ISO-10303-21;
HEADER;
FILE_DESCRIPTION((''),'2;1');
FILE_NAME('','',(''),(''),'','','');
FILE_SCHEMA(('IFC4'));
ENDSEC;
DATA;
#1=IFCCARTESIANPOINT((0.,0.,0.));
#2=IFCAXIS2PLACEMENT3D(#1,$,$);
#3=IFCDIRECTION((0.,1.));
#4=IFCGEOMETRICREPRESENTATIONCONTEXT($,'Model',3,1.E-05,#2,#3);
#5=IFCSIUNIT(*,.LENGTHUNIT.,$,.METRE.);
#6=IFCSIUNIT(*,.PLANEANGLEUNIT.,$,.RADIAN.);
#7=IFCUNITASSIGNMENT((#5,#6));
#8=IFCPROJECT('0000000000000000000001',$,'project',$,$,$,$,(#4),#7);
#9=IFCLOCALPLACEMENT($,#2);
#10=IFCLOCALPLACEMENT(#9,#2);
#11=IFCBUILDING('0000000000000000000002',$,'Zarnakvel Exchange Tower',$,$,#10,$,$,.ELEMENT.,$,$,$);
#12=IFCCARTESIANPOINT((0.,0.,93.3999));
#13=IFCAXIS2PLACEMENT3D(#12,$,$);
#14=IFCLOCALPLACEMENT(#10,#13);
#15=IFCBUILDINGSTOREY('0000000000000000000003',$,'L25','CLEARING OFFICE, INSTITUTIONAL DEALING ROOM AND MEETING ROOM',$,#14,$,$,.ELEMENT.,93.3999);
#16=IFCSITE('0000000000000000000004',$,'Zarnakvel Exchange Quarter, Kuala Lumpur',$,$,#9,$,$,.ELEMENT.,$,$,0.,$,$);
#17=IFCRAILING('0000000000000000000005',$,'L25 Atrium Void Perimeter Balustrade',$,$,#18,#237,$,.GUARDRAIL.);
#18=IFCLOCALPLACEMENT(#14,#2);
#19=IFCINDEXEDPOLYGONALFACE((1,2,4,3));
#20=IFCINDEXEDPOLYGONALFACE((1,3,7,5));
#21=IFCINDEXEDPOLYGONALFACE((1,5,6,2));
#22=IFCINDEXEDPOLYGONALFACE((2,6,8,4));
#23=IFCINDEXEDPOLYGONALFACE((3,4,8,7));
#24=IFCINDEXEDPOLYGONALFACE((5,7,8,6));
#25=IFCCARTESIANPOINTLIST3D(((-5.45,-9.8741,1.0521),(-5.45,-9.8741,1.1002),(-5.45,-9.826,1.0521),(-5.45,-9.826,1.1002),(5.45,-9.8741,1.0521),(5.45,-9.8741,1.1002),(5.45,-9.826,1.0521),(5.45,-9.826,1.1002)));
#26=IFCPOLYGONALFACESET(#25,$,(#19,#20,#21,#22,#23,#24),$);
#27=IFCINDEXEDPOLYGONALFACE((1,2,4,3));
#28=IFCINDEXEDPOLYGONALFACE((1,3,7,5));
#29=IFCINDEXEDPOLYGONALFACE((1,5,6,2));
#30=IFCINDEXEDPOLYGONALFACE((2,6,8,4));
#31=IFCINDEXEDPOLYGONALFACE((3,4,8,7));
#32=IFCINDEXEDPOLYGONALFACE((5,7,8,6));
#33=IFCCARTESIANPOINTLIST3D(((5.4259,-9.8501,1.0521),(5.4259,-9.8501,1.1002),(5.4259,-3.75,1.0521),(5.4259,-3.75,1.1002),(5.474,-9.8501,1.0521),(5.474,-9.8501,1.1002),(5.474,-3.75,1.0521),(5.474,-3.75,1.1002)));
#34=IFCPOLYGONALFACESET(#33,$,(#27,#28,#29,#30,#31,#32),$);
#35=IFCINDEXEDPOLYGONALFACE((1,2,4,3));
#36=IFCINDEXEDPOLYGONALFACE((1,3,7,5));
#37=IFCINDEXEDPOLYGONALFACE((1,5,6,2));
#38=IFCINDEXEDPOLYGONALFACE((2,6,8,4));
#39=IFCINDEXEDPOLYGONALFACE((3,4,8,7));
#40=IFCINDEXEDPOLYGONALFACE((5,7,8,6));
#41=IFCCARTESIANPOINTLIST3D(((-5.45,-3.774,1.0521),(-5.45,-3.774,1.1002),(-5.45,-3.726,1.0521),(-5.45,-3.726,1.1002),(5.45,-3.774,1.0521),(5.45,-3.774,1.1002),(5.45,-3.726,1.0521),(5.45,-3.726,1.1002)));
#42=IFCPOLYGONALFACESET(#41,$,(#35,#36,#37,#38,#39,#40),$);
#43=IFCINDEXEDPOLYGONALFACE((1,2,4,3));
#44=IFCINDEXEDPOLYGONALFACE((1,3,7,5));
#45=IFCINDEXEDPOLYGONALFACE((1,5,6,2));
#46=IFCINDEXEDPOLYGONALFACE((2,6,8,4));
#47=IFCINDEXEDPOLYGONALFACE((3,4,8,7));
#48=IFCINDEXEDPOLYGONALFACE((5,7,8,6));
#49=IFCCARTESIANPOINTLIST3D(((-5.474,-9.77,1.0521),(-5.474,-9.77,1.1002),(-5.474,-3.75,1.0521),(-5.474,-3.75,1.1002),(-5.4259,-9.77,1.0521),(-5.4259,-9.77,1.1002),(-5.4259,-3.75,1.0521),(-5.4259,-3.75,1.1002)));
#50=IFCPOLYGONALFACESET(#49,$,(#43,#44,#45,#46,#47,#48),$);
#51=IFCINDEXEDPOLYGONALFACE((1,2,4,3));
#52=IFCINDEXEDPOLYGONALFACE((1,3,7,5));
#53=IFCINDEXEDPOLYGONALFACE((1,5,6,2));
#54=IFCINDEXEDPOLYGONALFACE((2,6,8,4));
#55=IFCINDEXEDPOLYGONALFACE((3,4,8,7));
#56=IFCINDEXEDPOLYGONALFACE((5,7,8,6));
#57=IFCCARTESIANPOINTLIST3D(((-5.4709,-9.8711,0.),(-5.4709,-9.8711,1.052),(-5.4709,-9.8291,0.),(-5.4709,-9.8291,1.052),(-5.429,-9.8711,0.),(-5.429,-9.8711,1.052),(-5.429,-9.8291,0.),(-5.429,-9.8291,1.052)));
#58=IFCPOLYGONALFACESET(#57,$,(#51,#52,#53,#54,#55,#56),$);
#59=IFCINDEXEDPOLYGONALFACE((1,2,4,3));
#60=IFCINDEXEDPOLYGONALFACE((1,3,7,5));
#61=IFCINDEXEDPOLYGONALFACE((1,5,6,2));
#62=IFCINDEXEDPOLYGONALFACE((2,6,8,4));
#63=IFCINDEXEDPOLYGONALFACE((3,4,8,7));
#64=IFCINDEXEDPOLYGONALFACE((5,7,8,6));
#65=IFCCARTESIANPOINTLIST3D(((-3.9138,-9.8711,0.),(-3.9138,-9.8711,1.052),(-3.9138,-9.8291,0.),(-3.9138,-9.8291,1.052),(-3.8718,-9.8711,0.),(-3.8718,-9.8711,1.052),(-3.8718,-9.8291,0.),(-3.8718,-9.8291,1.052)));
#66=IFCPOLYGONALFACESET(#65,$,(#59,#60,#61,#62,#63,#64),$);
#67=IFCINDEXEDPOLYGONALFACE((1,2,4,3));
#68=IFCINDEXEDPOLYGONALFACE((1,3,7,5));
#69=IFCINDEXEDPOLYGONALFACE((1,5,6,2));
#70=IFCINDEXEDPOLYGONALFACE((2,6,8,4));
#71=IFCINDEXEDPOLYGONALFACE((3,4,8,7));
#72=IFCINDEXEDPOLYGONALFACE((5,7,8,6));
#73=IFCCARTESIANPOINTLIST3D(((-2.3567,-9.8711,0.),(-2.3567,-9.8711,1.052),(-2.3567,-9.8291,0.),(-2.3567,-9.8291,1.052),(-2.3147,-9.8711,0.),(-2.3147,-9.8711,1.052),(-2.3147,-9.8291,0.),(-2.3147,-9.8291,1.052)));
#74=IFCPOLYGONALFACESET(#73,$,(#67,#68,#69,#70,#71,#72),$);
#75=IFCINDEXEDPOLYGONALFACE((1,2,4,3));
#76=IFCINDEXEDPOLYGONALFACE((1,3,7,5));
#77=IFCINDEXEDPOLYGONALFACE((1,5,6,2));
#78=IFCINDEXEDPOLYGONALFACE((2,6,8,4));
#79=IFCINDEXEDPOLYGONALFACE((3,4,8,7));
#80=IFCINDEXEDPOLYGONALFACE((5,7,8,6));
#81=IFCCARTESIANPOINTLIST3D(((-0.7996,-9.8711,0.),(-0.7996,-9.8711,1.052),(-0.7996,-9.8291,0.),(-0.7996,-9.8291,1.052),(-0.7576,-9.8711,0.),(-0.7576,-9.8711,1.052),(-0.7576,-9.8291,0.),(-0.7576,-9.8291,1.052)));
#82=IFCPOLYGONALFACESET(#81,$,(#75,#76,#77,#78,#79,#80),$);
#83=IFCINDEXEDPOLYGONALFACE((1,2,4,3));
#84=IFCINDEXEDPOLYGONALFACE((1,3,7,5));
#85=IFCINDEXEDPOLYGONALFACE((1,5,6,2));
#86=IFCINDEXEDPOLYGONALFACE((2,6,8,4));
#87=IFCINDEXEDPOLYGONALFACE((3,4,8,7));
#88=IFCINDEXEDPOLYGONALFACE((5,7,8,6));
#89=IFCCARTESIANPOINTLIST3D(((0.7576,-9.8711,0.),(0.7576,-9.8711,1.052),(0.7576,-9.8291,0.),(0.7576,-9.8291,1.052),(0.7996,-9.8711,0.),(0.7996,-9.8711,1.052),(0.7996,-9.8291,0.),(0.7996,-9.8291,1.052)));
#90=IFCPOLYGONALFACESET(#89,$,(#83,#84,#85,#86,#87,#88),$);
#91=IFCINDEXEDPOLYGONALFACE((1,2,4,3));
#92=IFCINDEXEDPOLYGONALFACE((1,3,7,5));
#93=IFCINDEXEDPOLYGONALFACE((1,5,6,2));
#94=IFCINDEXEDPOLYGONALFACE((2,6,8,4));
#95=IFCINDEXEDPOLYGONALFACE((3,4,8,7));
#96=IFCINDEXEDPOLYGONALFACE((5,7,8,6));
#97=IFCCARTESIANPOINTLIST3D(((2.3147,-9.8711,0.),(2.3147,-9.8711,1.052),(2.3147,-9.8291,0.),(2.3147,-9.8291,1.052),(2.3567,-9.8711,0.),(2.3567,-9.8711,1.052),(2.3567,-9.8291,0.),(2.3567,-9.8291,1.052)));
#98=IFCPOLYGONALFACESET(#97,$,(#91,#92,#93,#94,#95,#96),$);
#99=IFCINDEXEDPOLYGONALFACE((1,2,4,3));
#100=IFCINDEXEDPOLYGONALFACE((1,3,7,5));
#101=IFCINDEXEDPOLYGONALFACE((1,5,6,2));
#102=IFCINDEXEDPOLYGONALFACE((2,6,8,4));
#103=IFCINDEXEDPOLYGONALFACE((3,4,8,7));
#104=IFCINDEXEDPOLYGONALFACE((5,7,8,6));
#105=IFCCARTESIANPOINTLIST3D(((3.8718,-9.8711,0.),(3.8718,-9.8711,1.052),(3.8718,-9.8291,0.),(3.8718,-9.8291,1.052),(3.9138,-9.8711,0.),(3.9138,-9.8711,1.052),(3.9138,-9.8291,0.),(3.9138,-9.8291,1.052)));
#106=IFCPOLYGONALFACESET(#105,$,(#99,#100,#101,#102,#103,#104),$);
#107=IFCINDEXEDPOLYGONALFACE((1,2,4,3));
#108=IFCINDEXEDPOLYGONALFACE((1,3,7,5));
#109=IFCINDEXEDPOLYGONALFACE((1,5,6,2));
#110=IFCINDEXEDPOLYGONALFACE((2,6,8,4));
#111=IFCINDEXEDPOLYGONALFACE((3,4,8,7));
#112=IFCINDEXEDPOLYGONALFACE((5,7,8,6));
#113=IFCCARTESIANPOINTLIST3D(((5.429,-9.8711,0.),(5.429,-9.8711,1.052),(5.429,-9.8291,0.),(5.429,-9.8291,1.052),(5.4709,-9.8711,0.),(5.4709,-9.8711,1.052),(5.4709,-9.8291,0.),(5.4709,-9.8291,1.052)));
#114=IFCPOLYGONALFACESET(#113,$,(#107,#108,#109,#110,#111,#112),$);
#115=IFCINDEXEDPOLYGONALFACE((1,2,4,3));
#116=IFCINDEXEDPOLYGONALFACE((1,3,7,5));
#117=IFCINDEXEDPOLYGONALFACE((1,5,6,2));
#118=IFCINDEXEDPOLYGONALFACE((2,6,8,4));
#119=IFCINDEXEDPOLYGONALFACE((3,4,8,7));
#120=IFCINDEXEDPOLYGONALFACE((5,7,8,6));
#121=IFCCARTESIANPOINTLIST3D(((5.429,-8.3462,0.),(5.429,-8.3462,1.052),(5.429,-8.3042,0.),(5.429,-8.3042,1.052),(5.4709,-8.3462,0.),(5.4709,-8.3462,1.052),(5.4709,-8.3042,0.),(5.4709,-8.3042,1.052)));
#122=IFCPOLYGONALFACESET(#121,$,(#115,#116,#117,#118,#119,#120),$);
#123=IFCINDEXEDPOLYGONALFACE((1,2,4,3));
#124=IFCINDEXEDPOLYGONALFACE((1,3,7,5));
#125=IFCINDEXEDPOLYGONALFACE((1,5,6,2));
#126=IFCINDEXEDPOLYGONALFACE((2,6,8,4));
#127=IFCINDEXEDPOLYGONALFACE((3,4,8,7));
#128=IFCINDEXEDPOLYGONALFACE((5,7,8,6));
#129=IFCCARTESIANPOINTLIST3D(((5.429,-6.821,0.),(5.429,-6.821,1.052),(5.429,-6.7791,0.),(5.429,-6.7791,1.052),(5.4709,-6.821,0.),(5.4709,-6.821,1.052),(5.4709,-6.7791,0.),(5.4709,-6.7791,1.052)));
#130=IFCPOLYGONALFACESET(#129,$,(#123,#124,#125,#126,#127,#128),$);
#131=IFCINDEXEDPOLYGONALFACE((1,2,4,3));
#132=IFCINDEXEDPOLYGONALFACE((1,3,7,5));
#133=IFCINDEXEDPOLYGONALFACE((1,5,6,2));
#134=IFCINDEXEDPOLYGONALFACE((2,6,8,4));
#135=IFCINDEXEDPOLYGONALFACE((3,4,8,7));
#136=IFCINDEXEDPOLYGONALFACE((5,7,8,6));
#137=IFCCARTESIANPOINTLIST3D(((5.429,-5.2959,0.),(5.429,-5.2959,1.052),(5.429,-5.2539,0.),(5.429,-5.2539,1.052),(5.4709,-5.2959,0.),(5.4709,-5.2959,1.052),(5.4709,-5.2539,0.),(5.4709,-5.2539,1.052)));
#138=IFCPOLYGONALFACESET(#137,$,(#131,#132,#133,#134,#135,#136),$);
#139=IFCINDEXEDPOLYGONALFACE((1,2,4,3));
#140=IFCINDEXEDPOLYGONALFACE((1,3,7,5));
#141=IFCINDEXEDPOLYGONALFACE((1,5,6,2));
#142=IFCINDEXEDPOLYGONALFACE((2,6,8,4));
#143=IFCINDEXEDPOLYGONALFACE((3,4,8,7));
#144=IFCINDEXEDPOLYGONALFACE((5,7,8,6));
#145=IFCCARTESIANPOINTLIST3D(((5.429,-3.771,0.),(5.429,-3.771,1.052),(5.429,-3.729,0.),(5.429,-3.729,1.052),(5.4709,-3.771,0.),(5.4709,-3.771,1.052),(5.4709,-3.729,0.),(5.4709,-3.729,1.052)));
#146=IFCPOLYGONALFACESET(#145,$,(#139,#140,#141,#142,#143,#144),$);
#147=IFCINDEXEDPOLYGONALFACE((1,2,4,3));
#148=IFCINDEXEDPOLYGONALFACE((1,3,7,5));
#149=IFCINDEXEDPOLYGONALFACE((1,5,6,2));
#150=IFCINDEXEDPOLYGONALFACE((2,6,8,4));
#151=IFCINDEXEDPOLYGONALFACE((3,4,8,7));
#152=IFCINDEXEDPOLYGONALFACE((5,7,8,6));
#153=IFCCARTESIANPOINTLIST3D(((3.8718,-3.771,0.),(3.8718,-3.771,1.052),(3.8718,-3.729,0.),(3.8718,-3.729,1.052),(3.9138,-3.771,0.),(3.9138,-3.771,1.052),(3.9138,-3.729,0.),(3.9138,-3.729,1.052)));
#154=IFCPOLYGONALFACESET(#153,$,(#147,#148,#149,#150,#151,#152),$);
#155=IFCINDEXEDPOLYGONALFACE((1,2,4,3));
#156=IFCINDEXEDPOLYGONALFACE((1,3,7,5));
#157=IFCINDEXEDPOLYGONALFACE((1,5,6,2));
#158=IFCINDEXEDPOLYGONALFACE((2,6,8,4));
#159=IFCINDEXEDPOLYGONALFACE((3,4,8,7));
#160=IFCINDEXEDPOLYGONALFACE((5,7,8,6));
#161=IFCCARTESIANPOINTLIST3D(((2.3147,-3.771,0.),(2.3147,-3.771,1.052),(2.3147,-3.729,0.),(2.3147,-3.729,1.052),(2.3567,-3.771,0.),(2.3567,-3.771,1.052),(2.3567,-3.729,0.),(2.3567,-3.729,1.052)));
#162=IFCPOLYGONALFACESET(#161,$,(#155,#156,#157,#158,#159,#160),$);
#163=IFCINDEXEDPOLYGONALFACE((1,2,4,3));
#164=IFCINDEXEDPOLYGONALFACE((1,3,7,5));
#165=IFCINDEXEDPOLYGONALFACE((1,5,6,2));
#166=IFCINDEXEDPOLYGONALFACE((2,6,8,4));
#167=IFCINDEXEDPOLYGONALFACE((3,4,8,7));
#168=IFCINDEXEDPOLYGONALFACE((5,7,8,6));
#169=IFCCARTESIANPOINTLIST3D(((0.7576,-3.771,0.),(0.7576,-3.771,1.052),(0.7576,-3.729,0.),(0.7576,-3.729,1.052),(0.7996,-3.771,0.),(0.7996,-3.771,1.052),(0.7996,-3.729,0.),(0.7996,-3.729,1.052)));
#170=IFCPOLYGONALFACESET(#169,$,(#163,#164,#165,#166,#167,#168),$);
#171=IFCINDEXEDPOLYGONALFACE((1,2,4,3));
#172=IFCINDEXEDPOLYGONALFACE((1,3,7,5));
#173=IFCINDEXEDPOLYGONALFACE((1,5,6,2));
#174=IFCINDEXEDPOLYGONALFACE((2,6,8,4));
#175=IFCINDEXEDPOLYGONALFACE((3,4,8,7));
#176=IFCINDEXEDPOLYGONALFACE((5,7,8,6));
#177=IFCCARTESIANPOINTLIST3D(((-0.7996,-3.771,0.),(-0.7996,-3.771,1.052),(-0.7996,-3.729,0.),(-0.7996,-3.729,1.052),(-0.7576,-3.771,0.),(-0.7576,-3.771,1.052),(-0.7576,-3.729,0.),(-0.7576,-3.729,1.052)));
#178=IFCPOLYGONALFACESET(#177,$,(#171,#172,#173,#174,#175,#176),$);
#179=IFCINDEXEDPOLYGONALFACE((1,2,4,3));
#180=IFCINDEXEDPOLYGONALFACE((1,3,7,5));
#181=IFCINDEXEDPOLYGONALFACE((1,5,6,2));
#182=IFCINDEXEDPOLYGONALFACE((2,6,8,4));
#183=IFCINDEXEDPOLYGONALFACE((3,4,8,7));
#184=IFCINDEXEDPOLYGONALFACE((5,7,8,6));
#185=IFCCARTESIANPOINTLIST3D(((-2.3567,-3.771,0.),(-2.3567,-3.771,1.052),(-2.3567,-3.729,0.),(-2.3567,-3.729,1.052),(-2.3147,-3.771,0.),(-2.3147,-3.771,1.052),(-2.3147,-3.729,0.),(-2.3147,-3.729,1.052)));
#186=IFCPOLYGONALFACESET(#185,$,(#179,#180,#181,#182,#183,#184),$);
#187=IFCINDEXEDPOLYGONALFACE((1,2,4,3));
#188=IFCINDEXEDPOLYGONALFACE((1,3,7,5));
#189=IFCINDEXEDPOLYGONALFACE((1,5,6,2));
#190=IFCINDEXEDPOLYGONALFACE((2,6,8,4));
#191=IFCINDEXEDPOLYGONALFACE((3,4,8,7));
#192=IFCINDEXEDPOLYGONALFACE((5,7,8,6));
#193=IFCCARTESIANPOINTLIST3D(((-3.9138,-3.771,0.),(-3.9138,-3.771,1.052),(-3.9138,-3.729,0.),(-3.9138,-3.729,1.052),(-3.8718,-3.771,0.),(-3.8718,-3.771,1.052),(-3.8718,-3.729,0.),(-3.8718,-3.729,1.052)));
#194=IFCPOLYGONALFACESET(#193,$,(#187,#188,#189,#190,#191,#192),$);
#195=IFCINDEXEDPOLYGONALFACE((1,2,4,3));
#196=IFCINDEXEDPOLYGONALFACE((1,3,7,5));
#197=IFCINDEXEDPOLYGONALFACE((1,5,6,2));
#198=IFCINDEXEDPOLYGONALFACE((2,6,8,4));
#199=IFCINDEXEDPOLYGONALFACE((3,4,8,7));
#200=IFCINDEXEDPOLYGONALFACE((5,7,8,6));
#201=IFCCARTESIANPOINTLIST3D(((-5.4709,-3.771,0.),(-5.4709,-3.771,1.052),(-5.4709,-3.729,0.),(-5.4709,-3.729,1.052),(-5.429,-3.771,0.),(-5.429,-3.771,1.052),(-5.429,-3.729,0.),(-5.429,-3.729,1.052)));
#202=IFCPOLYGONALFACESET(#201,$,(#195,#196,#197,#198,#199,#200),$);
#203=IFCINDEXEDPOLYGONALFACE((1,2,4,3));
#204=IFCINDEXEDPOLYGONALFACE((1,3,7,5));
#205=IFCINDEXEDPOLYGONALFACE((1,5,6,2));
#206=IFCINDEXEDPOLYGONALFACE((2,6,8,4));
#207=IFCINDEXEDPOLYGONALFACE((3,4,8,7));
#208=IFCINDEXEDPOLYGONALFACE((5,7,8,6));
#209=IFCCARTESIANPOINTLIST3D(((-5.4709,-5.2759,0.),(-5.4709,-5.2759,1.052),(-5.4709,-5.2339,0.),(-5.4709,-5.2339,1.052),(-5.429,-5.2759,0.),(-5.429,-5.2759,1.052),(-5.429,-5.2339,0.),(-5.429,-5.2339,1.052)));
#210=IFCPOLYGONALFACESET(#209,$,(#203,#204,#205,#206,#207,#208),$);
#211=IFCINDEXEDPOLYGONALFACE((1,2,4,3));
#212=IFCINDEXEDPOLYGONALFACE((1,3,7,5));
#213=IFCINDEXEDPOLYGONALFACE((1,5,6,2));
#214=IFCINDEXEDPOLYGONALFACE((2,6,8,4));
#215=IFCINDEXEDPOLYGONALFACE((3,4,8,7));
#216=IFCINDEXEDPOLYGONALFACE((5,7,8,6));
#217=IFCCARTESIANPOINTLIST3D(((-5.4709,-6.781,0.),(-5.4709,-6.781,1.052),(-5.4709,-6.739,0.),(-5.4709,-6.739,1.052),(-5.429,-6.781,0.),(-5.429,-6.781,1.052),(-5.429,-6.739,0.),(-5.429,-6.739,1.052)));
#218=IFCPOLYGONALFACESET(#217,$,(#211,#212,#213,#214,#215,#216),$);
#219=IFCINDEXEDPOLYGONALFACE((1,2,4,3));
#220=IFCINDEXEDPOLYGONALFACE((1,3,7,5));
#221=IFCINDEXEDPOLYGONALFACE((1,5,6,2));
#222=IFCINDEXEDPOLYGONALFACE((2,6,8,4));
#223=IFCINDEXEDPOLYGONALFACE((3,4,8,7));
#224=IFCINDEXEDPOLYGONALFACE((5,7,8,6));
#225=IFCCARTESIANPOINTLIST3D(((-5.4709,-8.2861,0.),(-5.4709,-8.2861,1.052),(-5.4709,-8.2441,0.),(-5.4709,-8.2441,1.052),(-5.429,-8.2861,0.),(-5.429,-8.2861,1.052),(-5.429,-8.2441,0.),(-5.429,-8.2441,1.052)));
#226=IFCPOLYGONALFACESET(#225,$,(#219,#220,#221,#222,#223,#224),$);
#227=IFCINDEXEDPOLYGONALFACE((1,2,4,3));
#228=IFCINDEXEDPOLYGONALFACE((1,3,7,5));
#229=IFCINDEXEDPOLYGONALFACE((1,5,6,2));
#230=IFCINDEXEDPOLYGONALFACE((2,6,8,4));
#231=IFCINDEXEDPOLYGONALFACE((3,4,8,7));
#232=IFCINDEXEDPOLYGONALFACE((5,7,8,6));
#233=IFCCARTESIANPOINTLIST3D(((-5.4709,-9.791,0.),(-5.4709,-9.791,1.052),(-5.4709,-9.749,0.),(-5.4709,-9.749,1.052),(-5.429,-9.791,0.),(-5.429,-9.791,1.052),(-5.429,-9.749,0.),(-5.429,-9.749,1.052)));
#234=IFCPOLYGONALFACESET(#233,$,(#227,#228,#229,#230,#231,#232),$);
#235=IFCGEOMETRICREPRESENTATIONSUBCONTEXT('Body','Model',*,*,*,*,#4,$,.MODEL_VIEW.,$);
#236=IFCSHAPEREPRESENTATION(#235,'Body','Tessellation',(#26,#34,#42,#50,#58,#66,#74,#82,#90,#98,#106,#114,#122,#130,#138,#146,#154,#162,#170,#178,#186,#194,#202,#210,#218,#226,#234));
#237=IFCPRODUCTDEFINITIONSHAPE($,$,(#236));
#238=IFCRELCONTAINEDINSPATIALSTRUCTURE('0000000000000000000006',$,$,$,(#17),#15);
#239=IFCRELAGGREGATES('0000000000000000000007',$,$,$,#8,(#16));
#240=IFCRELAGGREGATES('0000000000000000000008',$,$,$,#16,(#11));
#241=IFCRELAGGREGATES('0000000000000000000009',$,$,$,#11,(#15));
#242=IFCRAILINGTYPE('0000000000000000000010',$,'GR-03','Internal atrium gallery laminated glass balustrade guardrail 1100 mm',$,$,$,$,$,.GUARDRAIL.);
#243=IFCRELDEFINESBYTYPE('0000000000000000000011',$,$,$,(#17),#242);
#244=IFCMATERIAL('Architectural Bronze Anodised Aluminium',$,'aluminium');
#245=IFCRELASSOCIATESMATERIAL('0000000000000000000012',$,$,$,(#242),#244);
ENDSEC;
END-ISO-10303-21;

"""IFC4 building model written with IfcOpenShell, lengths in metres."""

from ifc_helpers import new_model, si_unit, direction, frame, origin, origin_2d, place, context, subcontext, project, spatial, rectangle, extrude, material, type_object, element, save


model = new_model("IFC4")

# Units and contexts
model_context = context("Model", 3, precision=1e-05, world=origin(), true_north=direction((0.0, 1.0)))
body_context = subcontext(model_context, "Body", "Model", "MODEL_VIEW")
ifc_project = project(units=[si_unit("LENGTHUNIT", "METRE"), si_unit("PLANEANGLEUNIT", "RADIAN")], contexts=[model_context])

# Site, building, storey
site_placement = place(None, origin())
site = spatial("IfcSite", under=ifc_project, at=site_placement, Name="Zarnakvel Exchange Quarter, Kuala Lumpur", CompositionType="ELEMENT", RefElevation=0.0)
building_placement = place(site_placement, origin())
building = spatial("IfcBuilding", under=site, at=building_placement, Name="Zarnakvel Exchange Tower", CompositionType="ELEMENT")
storey_placement = place(building_placement, frame((0.0, 0.0, 93.3999)))
storey = spatial("IfcBuildingStorey", under=building, at=storey_placement, Name="L25", Description="CLEARING OFFICE, INSTITUTIONAL DEALING ROOM AND MEETING ROOM", CompositionType="ELEMENT", Elevation=93.3999)

# Railing
ifc_material_1 = material(Name="Architectural Bronze Anodised Aluminium", Category="aluminium")
railing_type = type_object("IfcRailingType", Name="GR-03", Description="Internal atrium gallery laminated glass balustrade guardrail 1100 mm", PredefinedType="GUARDRAIL", material=ifc_material_1)
railing_placement = place(storey_placement, frame((-5.45, -9.8501, 0.0)))
element("IfcRailing", 1, at=railing_placement, inside=storey, type_object=railing_type, Name="L25 Atrium Void Perimeter Balustrade", PredefinedType="GUARDRAIL", context=body_context, shape_type="SweptSolid", body=[
    extrude(rectangle(XDim=0.0481, YDim=0.0481, at=origin_2d()), frame((0.0, 0.0, 1.0762), z_axis=(1.0, 0.0, 0.0), x_axis=(0.0, 1.0, 0.0)), (0.0, 0.0, 1.0), 10.8999),
    extrude(rectangle(XDim=0.0481, YDim=0.0481, at=origin_2d()), frame((10.8999, 0.0, 1.0762), z_axis=(0.0, 1.0, 0.0), x_axis=(-1.0, 0.0, 0.0)), (0.0, 0.0, 1.0), 6.1001),
    extrude(rectangle(XDim=0.0481, YDim=0.0481, at=origin_2d()), frame((10.8999, 6.1001, 1.0762), z_axis=(-1.0, 0.0, 0.0), x_axis=(0.0, -1.0, 0.0)), (0.0, 0.0, 1.0), 10.8999),
    extrude(rectangle(XDim=0.0481, YDim=0.0481, at=origin_2d()), frame((0.0, 6.1001, 1.0762), z_axis=(0.0, -1.0, 0.0), x_axis=(1.0, 0.0, 0.0)), (0.0, 0.0, 1.0), 6.02),
    extrude(rectangle(XDim=0.042, YDim=0.042, at=origin_2d()), origin(), (0.0, 0.0, 1.0), 1.052),
    extrude(rectangle(XDim=0.042, YDim=0.042, at=origin_2d()), frame((1.5571, 0.0, 0.0)), (0.0, 0.0, 1.0), 1.052),
    extrude(rectangle(XDim=0.042, YDim=0.042, at=origin_2d()), frame((3.1143, 0.0, 0.0)), (0.0, 0.0, 1.0), 1.052),
    extrude(rectangle(XDim=0.042, YDim=0.042, at=origin_2d()), frame((4.6714, 0.0, 0.0)), (0.0, 0.0, 1.0), 1.052),
    extrude(rectangle(XDim=0.042, YDim=0.042, at=origin_2d()), frame((6.2285, 0.0, 0.0)), (0.0, 0.0, 1.0), 1.052),
    extrude(rectangle(XDim=0.042, YDim=0.042, at=origin_2d()), frame((7.7856, 0.0, 0.0)), (0.0, 0.0, 1.0), 1.052),
    extrude(rectangle(XDim=0.042, YDim=0.042, at=origin_2d()), frame((9.3428, 0.0, 0.0)), (0.0, 0.0, 1.0), 1.052),
    extrude(rectangle(XDim=0.042, YDim=0.042, at=origin_2d()), frame((10.8999, 0.0, 0.0)), (0.0, 0.0, 1.0), 1.052),
    extrude(rectangle(XDim=0.042, YDim=0.042, at=origin_2d()), frame((10.8999, 1.5249, 0.0)), (0.0, 0.0, 1.0), 1.052),
    extrude(rectangle(XDim=0.042, YDim=0.042, at=origin_2d()), frame((10.8999, 3.05, 0.0)), (0.0, 0.0, 1.0), 1.052),
    extrude(rectangle(XDim=0.042, YDim=0.042, at=origin_2d()), frame((10.8999, 4.5752, 0.0)), (0.0, 0.0, 1.0), 1.052),
    extrude(rectangle(XDim=0.042, YDim=0.042, at=origin_2d()), frame((10.8999, 6.1001, 0.0)), (0.0, 0.0, 1.0), 1.052),
    extrude(rectangle(XDim=0.042, YDim=0.042, at=origin_2d()), frame((9.3428, 6.1001, 0.0)), (0.0, 0.0, 1.0), 1.052),
    extrude(rectangle(XDim=0.042, YDim=0.042, at=origin_2d()), frame((7.7856, 6.1001, 0.0)), (0.0, 0.0, 1.0), 1.052),
    extrude(rectangle(XDim=0.042, YDim=0.042, at=origin_2d()), frame((6.2285, 6.1001, 0.0)), (0.0, 0.0, 1.0), 1.052),
    extrude(rectangle(XDim=0.042, YDim=0.042, at=origin_2d()), frame((4.6714, 6.1001, 0.0)), (0.0, 0.0, 1.0), 1.052),
    extrude(rectangle(XDim=0.042, YDim=0.042, at=origin_2d()), frame((3.1143, 6.1001, 0.0)), (0.0, 0.0, 1.0), 1.052),
    extrude(rectangle(XDim=0.042, YDim=0.042, at=origin_2d()), frame((1.5571, 6.1001, 0.0)), (0.0, 0.0, 1.0), 1.052),
    extrude(rectangle(XDim=0.042, YDim=0.042, at=origin_2d()), frame((0.0, 6.1001, 0.0)), (0.0, 0.0, 1.0), 1.052),
    extrude(rectangle(XDim=0.042, YDim=0.042, at=origin_2d()), frame((0.0, 4.5952, 0.0)), (0.0, 0.0, 1.0), 1.052),
    extrude(rectangle(XDim=0.042, YDim=0.042, at=origin_2d()), frame((0.0, 3.0901, 0.0)), (0.0, 0.0, 1.0), 1.052),
    extrude(rectangle(XDim=0.042, YDim=0.042, at=origin_2d()), frame((0.0, 1.585, 0.0)), (0.0, 0.0, 1.0), 1.052),
    extrude(rectangle(XDim=0.042, YDim=0.042, at=origin_2d()), frame((0.0, 0.0801, 0.0)), (0.0, 0.0, 1.0), 1.052),
])

save(model, "model.ifc")
